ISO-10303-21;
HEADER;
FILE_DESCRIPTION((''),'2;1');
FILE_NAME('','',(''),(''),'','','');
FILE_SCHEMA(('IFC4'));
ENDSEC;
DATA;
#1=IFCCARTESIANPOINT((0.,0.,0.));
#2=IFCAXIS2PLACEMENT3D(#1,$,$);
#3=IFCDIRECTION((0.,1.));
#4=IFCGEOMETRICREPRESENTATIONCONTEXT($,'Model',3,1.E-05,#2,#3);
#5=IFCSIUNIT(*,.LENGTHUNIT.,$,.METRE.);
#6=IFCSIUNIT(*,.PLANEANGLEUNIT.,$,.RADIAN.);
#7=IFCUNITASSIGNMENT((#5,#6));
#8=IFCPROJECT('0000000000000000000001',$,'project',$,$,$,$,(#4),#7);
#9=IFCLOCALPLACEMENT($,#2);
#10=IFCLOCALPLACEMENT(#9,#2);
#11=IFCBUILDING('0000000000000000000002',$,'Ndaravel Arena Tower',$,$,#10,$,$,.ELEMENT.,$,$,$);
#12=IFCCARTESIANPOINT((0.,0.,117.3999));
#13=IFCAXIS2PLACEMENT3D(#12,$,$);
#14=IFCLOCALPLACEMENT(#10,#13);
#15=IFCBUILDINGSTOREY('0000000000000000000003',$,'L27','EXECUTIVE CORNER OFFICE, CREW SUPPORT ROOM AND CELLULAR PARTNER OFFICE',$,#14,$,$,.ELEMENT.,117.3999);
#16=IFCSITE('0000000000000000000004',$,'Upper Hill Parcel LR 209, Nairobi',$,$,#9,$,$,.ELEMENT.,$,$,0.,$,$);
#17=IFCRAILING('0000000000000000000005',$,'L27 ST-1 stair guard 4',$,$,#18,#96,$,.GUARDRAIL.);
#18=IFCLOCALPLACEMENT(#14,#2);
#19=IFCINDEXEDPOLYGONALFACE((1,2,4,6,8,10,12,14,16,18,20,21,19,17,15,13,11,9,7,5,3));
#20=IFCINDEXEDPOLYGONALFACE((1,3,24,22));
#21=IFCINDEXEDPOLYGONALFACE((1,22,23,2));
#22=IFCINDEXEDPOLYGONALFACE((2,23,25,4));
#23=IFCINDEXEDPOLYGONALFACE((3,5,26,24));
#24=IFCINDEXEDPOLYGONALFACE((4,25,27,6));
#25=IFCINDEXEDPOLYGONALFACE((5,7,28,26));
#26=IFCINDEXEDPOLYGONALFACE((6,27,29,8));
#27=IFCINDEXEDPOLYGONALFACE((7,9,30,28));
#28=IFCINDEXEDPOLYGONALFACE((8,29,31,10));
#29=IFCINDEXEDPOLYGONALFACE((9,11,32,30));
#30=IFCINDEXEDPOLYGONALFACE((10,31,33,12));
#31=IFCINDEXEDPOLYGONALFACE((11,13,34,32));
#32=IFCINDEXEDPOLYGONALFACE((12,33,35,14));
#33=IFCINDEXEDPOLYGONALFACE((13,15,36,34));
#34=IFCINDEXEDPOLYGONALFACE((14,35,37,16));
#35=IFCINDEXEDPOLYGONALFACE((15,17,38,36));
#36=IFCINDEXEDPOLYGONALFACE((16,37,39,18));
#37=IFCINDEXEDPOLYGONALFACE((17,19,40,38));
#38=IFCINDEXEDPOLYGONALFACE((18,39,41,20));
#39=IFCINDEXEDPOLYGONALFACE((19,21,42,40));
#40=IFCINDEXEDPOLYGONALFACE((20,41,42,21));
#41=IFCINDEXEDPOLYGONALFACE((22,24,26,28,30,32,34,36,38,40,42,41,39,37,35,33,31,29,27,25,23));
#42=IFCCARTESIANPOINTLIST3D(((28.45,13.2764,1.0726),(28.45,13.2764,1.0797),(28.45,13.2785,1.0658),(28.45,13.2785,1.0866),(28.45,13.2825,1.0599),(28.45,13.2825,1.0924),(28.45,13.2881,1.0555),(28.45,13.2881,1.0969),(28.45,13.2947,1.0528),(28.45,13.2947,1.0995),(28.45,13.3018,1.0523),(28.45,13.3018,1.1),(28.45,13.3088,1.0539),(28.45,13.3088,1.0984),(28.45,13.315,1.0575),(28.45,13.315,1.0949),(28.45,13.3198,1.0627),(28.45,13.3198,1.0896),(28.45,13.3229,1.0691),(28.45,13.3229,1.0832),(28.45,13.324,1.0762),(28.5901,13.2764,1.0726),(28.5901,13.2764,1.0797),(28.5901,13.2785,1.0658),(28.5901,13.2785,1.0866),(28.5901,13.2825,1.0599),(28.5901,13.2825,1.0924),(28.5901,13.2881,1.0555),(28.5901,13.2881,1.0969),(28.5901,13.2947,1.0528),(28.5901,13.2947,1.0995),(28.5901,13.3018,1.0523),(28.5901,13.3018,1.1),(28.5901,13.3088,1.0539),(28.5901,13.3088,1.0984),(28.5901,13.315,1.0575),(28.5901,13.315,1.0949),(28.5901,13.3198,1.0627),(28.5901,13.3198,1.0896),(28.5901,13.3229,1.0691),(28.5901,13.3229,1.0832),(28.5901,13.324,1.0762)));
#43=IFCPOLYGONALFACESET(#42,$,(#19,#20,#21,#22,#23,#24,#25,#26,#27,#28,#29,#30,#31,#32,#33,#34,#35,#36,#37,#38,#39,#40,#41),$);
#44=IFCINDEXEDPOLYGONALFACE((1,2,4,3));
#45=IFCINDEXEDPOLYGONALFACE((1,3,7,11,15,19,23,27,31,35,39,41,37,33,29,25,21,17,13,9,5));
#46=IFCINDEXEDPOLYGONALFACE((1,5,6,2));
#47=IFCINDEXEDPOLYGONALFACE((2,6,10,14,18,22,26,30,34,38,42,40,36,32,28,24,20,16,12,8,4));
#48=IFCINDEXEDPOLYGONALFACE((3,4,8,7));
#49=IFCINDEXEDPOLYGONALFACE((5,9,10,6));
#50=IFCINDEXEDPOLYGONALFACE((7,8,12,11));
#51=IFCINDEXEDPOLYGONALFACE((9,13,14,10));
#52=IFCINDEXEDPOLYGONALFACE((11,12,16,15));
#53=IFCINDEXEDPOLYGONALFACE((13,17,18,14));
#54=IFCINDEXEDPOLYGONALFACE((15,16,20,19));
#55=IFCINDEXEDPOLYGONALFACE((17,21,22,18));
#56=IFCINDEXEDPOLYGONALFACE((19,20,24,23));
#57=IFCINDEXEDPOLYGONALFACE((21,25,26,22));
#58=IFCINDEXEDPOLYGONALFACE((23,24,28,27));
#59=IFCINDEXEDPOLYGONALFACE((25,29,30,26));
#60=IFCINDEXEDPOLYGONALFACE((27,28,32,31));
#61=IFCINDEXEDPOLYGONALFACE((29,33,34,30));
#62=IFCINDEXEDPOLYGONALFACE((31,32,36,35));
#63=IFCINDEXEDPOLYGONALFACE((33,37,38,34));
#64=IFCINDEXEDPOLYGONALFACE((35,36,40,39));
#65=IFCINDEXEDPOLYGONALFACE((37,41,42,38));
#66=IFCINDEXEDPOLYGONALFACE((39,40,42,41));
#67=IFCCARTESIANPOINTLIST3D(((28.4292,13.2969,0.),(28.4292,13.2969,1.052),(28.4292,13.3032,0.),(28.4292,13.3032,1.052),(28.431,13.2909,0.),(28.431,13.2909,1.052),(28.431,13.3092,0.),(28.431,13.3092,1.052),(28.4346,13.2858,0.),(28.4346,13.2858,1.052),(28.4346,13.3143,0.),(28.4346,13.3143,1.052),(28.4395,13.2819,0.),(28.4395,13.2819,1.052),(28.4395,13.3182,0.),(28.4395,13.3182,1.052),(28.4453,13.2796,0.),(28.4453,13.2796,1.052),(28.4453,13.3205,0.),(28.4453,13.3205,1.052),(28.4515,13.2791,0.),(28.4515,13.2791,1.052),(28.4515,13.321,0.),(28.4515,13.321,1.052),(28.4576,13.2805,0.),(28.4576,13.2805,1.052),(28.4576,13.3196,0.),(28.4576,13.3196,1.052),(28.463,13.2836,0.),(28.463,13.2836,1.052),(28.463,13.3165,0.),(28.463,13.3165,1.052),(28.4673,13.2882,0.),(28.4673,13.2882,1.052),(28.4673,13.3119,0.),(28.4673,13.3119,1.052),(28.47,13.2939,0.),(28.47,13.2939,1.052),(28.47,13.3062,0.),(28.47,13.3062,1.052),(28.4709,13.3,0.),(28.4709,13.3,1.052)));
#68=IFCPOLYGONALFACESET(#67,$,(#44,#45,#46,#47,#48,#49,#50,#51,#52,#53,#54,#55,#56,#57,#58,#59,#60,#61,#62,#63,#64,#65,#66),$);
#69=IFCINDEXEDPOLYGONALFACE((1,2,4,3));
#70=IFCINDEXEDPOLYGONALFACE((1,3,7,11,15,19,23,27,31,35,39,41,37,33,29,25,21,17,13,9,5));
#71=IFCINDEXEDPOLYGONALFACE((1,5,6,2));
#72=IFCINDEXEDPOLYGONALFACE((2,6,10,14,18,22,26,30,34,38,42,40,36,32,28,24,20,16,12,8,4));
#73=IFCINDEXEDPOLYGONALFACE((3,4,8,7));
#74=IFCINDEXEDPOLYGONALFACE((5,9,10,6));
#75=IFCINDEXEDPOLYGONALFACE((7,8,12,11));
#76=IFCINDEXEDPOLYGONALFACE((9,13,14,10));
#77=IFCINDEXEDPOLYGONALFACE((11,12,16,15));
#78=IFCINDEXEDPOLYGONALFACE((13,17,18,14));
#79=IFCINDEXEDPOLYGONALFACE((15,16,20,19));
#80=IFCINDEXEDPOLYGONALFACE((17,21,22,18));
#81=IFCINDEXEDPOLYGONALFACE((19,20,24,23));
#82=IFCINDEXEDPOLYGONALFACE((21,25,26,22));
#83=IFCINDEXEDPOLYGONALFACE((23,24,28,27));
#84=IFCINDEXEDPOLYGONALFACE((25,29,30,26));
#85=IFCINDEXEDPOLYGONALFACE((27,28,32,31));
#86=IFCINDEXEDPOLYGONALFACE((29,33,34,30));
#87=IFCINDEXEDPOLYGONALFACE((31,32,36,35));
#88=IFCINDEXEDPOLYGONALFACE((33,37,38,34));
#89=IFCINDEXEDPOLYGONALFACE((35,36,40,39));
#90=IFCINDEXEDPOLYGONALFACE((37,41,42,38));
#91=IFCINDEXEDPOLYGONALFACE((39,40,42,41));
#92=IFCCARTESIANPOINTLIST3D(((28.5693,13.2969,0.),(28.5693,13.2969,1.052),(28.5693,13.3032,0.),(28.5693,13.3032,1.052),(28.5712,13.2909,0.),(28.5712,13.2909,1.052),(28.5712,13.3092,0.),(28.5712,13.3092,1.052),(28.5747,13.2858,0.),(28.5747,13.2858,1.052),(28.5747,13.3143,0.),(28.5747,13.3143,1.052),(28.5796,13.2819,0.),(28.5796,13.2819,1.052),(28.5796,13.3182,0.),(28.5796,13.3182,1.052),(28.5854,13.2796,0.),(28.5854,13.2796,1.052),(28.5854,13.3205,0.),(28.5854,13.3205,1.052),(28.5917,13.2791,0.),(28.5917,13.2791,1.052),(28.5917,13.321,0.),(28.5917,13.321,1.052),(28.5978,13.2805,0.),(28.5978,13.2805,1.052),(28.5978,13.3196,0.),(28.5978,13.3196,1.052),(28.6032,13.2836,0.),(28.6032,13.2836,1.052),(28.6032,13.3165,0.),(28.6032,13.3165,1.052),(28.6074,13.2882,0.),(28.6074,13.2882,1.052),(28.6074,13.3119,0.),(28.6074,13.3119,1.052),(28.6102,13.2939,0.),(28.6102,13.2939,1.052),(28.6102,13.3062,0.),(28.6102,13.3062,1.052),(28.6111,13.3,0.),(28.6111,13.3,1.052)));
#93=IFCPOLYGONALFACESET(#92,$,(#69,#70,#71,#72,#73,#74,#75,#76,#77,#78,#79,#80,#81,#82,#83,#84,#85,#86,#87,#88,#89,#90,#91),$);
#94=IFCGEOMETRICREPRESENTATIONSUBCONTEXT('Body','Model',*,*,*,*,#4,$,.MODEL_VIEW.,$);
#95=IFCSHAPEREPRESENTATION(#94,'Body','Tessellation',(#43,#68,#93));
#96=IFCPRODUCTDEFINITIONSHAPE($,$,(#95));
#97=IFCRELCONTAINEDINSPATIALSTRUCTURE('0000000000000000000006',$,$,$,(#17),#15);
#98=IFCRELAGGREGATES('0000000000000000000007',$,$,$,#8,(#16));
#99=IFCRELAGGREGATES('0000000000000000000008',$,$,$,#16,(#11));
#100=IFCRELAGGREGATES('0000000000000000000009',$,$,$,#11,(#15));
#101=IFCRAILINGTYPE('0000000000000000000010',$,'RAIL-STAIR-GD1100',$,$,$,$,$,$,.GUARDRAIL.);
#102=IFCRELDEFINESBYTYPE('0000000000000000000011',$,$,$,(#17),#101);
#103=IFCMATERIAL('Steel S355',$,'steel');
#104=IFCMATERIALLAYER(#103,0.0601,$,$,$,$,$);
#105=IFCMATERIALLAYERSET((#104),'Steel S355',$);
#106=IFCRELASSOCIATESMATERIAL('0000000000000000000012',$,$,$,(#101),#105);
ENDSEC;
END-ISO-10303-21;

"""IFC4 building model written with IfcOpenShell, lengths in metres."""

from ifc_helpers import new_model, si_unit, direction, frame, origin, origin_2d, place, context, subcontext, project, spatial, circle, extrude, material, layer, layer_set, type_object, element, save


model = new_model("IFC4")

# Units and contexts
model_context = context("Model", 3, precision=1e-05, world=origin(), true_north=direction((0.0, 1.0)))
body_context = subcontext(model_context, "Body", "Model", "MODEL_VIEW")
ifc_project = project(units=[si_unit("LENGTHUNIT", "METRE"), si_unit("PLANEANGLEUNIT", "RADIAN")], contexts=[model_context])

# Site, building, storey
site_placement = place(None, origin())
site = spatial("IfcSite", under=ifc_project, at=site_placement, Name="Upper Hill Parcel LR 209, Nairobi", CompositionType="ELEMENT", RefElevation=0.0)
building_placement = place(site_placement, origin())
building = spatial("IfcBuilding", under=site, at=building_placement, Name="Ndaravel Arena Tower", CompositionType="ELEMENT")
storey_placement = place(building_placement, frame((0.0, 0.0, 117.3999)))
storey = spatial("IfcBuildingStorey", under=building, at=storey_placement, Name="L27", Description="EXECUTIVE CORNER OFFICE, CREW SUPPORT ROOM AND CELLULAR PARTNER OFFICE", CompositionType="ELEMENT", Elevation=117.3999)

# Railing
ifc_material_1 = material(Name="Steel S355", Category="steel")
ifc_layer_1 = layer(ifc_material_1, 0.0601)
ifc_layer_set_1 = layer_set([ifc_layer_1], Name="Steel S355")
railing_type_1 = type_object("IfcRailingType", Name="RAIL-STAIR-GD1100", PredefinedType="GUARDRAIL", material=ifc_layer_set_1)
railing_1_placement = place(storey_placement, frame((28.45, 13.3, 0.0)))
element("IfcRailing", 1, at=railing_1_placement, inside=storey, type_object=railing_type_1, Name="L27 ST-1 stair guard 4", PredefinedType="GUARDRAIL", context=body_context, shape_type="SweptSolid", body=[
    extrude(circle(Radius=0.0239, at=origin_2d()), frame((0.0, 0.0, 1.0762), z_axis=(1.0, 0.0, 0.0), x_axis=(0.0, 1.0, 0.0)), (0.0, 0.0, 1.0), 0.1401),
    extrude(circle(Radius=0.021, at=origin_2d()), origin(), (0.0, 0.0, 1.0), 1.052),
    extrude(circle(Radius=0.021, at=origin_2d()), frame((0.1401, 0.0, 0.0)), (0.0, 0.0, 1.0), 1.052),
])

save(model, "model.ifc")
